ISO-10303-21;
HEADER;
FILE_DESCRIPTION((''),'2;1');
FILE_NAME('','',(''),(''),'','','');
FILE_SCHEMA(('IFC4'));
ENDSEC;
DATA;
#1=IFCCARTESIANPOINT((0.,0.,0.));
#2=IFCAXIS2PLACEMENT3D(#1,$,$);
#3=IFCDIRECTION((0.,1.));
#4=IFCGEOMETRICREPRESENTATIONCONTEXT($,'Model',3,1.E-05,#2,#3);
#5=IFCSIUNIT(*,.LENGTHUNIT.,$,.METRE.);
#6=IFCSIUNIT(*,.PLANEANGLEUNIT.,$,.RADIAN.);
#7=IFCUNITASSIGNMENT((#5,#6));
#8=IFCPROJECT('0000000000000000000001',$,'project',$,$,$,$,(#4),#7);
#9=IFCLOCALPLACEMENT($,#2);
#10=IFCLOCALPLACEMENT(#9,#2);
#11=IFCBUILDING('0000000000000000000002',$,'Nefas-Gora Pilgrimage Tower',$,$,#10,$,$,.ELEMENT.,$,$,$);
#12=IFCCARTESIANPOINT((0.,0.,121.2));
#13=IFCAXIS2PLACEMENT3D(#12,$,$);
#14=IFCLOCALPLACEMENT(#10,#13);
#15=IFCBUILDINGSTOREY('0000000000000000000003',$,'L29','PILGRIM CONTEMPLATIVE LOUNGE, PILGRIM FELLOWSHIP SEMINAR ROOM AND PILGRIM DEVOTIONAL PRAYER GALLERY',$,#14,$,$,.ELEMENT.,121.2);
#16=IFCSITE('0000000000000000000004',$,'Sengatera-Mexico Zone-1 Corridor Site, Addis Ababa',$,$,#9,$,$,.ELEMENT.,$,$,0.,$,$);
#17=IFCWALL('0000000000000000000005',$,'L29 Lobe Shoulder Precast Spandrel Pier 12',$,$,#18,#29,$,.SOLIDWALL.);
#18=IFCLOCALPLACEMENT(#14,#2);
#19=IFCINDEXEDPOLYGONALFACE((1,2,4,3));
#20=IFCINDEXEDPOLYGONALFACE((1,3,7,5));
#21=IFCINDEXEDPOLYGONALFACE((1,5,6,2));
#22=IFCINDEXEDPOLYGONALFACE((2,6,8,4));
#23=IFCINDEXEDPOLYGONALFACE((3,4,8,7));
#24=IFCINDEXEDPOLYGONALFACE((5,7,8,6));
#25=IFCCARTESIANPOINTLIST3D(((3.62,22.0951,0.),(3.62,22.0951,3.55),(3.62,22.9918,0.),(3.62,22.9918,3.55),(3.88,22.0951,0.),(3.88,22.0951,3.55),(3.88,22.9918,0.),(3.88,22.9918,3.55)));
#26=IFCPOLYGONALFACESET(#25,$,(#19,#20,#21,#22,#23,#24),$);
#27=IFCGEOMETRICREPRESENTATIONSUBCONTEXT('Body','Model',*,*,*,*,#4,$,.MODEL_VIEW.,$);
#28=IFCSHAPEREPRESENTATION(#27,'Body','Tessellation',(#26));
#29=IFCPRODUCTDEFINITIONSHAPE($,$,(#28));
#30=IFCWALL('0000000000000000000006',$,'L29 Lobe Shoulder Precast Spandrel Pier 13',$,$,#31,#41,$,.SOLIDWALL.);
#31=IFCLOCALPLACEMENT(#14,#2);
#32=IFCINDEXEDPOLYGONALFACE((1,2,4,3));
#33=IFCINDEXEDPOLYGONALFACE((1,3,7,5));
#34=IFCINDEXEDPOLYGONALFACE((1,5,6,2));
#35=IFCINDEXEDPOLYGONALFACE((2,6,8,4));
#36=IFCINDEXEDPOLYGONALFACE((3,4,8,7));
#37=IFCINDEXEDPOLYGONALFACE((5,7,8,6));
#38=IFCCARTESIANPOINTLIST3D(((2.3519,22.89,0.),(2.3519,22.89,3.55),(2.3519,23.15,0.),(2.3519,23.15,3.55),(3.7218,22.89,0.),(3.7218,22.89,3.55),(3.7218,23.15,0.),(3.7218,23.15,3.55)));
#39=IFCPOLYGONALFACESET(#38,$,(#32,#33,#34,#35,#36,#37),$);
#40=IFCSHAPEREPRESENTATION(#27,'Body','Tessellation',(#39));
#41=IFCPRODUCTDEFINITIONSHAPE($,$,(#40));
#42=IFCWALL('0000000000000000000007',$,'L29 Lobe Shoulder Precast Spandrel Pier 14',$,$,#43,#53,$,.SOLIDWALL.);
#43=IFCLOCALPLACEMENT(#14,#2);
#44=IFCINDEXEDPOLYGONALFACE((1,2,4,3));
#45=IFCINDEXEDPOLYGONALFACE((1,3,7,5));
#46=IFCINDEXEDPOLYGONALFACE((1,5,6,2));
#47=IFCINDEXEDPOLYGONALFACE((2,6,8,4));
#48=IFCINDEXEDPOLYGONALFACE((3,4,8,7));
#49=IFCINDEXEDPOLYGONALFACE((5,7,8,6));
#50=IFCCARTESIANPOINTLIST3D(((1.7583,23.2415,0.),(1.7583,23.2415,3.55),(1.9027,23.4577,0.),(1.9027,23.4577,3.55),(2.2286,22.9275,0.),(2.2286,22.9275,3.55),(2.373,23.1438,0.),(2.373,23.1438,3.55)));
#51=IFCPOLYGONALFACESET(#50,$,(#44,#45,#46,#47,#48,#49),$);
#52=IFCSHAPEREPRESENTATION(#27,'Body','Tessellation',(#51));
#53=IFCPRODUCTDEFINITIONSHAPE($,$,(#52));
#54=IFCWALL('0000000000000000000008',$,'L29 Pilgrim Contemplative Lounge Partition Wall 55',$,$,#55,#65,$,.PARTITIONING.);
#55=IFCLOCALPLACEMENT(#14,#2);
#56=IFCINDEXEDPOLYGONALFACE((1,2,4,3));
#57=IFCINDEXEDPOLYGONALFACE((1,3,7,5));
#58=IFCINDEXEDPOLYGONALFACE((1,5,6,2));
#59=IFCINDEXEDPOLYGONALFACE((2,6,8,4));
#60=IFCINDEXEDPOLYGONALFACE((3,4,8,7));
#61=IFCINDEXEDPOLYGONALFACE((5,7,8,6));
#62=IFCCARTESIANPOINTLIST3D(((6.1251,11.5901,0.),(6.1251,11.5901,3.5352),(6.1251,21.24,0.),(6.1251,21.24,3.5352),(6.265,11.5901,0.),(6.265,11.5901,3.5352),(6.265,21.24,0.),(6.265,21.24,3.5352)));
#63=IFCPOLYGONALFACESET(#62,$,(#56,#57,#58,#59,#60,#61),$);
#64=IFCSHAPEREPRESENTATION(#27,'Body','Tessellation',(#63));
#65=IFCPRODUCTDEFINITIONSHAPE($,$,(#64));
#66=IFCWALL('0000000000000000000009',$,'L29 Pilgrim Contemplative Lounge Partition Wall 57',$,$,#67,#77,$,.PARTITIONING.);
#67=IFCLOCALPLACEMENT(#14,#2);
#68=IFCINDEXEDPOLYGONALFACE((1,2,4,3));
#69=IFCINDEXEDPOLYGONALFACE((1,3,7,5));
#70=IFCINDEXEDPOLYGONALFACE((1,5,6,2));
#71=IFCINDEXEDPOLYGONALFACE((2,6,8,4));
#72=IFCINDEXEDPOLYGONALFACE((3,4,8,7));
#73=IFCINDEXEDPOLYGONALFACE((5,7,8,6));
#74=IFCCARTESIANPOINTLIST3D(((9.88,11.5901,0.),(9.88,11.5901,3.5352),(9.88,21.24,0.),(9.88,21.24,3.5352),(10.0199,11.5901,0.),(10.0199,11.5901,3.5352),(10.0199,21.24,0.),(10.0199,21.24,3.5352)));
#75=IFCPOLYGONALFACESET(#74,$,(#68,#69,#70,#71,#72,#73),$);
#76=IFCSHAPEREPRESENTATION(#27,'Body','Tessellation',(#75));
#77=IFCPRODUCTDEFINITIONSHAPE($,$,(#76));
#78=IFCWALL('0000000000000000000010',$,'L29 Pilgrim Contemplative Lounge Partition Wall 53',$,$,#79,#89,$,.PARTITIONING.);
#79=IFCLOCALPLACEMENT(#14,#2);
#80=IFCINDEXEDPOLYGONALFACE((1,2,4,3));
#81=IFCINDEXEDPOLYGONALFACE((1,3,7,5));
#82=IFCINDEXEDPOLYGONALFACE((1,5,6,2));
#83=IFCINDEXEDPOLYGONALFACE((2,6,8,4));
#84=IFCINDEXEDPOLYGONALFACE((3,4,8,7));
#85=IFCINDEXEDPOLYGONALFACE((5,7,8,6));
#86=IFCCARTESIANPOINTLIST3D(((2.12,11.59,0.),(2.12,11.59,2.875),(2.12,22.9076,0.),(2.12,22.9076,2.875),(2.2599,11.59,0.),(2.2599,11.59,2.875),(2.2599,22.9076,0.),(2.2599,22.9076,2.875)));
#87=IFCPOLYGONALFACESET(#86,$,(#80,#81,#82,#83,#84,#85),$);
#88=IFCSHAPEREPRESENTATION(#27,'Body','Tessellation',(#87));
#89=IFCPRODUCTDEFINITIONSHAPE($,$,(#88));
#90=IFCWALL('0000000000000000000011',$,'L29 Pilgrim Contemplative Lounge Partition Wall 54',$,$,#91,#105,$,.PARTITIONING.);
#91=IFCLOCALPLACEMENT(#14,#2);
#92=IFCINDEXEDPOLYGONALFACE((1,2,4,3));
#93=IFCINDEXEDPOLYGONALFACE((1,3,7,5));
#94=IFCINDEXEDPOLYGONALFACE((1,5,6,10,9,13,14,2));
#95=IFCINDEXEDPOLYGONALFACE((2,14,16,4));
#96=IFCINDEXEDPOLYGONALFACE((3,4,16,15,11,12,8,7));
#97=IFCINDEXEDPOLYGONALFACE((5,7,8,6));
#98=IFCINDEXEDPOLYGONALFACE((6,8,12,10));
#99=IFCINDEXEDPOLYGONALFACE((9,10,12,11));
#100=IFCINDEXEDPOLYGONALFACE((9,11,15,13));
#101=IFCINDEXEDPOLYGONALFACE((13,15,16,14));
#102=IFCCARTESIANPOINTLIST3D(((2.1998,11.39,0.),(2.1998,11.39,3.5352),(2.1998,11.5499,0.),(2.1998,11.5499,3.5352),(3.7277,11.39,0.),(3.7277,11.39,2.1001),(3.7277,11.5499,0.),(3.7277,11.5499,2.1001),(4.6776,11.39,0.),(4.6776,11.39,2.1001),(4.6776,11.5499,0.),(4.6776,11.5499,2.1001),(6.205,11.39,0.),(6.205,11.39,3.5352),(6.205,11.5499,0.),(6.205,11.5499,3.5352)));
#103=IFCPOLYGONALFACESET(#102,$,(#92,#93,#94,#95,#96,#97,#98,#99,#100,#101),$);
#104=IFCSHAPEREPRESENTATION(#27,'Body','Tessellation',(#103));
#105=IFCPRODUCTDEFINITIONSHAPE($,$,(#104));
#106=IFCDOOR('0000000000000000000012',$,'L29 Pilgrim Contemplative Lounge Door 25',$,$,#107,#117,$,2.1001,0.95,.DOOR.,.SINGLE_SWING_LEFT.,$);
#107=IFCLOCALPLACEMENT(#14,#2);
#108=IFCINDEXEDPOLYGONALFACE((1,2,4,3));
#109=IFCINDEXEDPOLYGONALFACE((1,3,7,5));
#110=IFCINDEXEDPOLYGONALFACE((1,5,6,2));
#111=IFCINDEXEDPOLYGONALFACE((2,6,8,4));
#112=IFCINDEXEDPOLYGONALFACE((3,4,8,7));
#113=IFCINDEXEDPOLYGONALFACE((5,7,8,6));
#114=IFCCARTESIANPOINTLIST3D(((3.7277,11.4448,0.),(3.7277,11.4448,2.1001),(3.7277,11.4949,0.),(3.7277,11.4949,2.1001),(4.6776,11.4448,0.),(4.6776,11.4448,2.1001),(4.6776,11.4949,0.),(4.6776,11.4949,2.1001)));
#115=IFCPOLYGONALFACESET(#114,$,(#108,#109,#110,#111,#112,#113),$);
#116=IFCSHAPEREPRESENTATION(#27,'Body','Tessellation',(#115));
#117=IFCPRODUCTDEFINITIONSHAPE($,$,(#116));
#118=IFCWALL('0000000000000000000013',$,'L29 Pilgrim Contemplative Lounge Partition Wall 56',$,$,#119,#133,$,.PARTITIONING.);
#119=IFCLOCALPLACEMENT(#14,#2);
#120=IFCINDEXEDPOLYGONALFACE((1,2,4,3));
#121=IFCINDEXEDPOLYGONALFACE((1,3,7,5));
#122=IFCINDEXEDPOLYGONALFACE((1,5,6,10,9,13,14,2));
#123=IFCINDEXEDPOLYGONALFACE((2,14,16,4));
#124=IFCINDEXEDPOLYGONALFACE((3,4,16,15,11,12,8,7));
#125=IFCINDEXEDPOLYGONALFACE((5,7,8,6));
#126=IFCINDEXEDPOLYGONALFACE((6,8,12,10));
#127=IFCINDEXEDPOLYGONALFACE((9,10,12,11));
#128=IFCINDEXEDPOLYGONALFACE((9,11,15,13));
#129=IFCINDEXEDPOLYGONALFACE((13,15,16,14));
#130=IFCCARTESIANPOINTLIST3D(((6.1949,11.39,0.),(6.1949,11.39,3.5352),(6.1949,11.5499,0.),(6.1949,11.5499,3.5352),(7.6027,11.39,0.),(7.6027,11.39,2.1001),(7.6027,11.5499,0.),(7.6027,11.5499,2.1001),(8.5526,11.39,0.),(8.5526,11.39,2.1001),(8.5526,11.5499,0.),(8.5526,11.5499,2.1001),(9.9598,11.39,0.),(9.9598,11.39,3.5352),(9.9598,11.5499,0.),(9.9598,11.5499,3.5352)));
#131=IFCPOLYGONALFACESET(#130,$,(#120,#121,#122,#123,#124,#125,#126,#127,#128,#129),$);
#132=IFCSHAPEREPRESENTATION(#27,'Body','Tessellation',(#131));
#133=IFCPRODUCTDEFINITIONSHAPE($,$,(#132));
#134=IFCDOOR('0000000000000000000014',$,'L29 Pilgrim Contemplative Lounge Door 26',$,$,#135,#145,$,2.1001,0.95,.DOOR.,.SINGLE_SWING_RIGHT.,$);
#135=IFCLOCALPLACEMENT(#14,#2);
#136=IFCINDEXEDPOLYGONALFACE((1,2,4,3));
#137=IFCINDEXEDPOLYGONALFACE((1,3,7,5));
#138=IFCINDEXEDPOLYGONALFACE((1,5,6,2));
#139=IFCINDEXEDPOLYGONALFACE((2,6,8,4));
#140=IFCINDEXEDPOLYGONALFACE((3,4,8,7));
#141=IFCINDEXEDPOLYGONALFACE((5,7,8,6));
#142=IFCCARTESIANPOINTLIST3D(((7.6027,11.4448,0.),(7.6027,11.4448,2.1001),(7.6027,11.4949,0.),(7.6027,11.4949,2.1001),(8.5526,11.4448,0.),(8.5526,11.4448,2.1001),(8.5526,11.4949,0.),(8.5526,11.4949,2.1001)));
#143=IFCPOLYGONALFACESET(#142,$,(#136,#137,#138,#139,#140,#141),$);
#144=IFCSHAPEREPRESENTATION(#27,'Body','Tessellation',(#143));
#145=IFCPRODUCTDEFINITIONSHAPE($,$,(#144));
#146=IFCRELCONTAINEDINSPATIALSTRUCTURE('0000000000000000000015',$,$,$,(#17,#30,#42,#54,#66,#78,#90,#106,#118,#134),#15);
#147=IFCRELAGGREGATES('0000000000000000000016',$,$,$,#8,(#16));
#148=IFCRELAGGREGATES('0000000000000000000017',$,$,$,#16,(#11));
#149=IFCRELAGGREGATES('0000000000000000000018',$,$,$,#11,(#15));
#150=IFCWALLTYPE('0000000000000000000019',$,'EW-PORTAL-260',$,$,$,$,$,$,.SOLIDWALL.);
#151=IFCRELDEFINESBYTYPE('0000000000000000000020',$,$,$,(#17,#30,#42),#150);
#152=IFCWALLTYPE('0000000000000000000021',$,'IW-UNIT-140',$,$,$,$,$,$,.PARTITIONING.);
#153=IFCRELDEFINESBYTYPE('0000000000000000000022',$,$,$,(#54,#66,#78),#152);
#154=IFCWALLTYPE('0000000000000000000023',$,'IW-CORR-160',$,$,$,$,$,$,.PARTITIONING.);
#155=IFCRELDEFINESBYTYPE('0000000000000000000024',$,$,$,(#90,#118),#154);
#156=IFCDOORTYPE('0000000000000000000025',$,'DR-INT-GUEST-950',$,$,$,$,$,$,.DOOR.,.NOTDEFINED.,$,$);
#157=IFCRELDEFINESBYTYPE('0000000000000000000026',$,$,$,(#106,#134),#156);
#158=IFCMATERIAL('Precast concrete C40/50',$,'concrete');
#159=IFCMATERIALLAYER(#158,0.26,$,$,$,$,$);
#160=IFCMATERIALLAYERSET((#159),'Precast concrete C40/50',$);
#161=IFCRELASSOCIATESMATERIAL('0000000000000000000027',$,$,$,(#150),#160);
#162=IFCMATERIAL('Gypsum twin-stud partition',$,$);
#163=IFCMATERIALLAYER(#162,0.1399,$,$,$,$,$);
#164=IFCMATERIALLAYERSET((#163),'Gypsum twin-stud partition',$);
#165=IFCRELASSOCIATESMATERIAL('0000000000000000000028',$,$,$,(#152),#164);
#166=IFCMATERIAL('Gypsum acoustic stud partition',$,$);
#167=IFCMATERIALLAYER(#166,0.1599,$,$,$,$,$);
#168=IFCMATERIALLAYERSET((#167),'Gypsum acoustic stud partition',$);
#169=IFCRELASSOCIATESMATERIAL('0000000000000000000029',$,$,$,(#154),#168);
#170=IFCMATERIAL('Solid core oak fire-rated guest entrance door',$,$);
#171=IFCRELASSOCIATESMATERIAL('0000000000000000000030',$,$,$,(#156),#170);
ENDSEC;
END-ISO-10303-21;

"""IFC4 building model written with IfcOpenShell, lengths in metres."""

from ifc_helpers import new_model, si_unit, direction, frame, frame_2d, origin, place, context, subcontext, project, spatial, rectangle, extrude, source, transform, mapped, material, layer, layer_set, type_object, element, fill, save


model = new_model("IFC4")

# Units and contexts
model_context = context("Model", 3, precision=1e-05, world=origin(), true_north=direction((0.0, 1.0)))
body_context = subcontext(model_context, "Body", "Model", "MODEL_VIEW")
ifc_project = project(units=[si_unit("LENGTHUNIT", "METRE"), si_unit("PLANEANGLEUNIT", "RADIAN")], contexts=[model_context])

# Site, building, storey
site_placement = place(None, origin())
site = spatial("IfcSite", under=ifc_project, at=site_placement, Name="Sengatera-Mexico Zone-1 Corridor Site, Addis Ababa", CompositionType="ELEMENT", RefElevation=0.0)
building_placement = place(site_placement, origin())
building = spatial("IfcBuilding", under=site, at=building_placement, Name="Nefas-Gora Pilgrimage Tower", CompositionType="ELEMENT")
storey_placement = place(building_placement, frame((0.0, 0.0, 121.2)))
storey = spatial("IfcBuildingStorey", under=building, at=storey_placement, Name="L29", Description="PILGRIM CONTEMPLATIVE LOUNGE, PILGRIM FELLOWSHIP SEMINAR ROOM AND PILGRIM DEVOTIONAL PRAYER GALLERY", CompositionType="ELEMENT", Elevation=121.2)

# Walls
ifc_material_1 = material(Name="Precast concrete C40/50", Category="concrete")
ifc_layer_1 = layer(ifc_material_1, 0.26)
ifc_layer_set_1 = layer_set([ifc_layer_1], Name="Precast concrete C40/50")
wall_type_1 = type_object("IfcWallType", Name="EW-PORTAL-260", PredefinedType="SOLIDWALL", material=ifc_layer_set_1)
shared_shape_1 = source(origin(), body_context, "Body", "SweptSolid", [
    extrude(rectangle(XDim=0.8967, YDim=0.26, at=frame_2d((0.4482, 0.0))), origin(), (0.0, 0.0, 1.0), 3.55),
])
wall_1_placement = place(storey_placement, frame((3.75, 22.0952, 0.0), z_axis=(0.0, 0.0, 1.0), x_axis=(0.0, 1.0, 0.0)))
element("IfcWall", 1, at=wall_1_placement, inside=storey, type_object=wall_type_1, Name="L29 Lobe Shoulder Precast Spandrel Pier 12", PredefinedType="SOLIDWALL", context=body_context, shape_type="MappedRepresentation", body=[
    mapped(shared_shape_1, transform((0.0, 0.0, 0.0), x_axis=(1.0, 0.0, 0.0), y_axis=(0.0, 1.0, 0.0), z_axis=(0.0, 0.0, 1.0), scale=1.0)),
])
shared_shape_2 = source(origin(), body_context, "Body", "SweptSolid", [
    extrude(rectangle(XDim=1.3699, YDim=0.26, at=frame_2d((0.6851, 0.0))), origin(), (0.0, 0.0, 1.0), 3.55),
])
wall_2_placement = place(storey_placement, frame((3.7219, 23.02, 0.0), z_axis=(0.0, 0.0, 1.0), x_axis=(-1.0, 0.0, 0.0)))
element("IfcWall", 2, at=wall_2_placement, inside=storey, type_object=wall_type_1, Name="L29 Lobe Shoulder Precast Spandrel Pier 13", PredefinedType="SOLIDWALL", context=body_context, shape_type="MappedRepresentation", body=[
    mapped(shared_shape_2, transform((0.0, 0.0, 0.0), x_axis=(1.0, 0.0, 0.0), y_axis=(0.0, 1.0, 0.0), z_axis=(0.0, 0.0, 1.0), scale=1.0)),
])
shared_shape_3 = source(origin(), body_context, "Body", "SweptSolid", [
    extrude(rectangle(XDim=0.5654, YDim=0.26, at=frame_2d((0.2827, 0.0))), origin(), (0.0, 0.0, 1.0), 3.55),
])
wall_3_placement = place(storey_placement, frame((2.3008, 23.0356, 0.0), z_axis=(0.0, 0.0, 1.0), x_axis=(-0.831651, 0.555298, 0.0)))
element("IfcWall", 3, at=wall_3_placement, inside=storey, type_object=wall_type_1, Name="L29 Lobe Shoulder Precast Spandrel Pier 14", PredefinedType="SOLIDWALL", context=body_context, shape_type="MappedRepresentation", body=[
    mapped(shared_shape_3, transform((0.0, 0.0, 0.0), x_axis=(1.0, 0.0, 0.0), y_axis=(0.0, 1.0, 0.0), z_axis=(0.0, 0.0, 1.0), scale=1.0)),
])
ifc_material_2 = material(Name="Gypsum twin-stud partition")
ifc_layer_2 = layer(ifc_material_2, 0.1399)
ifc_layer_set_2 = layer_set([ifc_layer_2], Name="Gypsum twin-stud partition")
wall_type_2 = type_object("IfcWallType", Name="IW-UNIT-140", PredefinedType="PARTITIONING", material=ifc_layer_set_2)
shared_shape_4 = source(origin(), body_context, "Body", "SweptSolid", [
    extrude(rectangle(XDim=9.6499, YDim=0.1399, at=frame_2d((4.825, 0.0))), origin(), (0.0, 0.0, 1.0), 3.5352),
])
for number, where, z_axis, x_axis, name in (
    (4, (6.1951, 11.5901, 0.0), (0.0, 0.0, 1.0), (0.0, 1.0, 0.0), "L29 Pilgrim Contemplative Lounge Partition Wall 55"),
    (5, (9.95, 11.5901, 0.0), (0.0, 0.0, 1.0), (0.0, 1.0, 0.0), "L29 Pilgrim Contemplative Lounge Partition Wall 57"),
):
    element("IfcWall", number, at=place(storey_placement, frame(where, z_axis=z_axis, x_axis=x_axis)), inside=storey, type_object=wall_type_2, Name=name, PredefinedType="PARTITIONING", context=body_context, shape_type="MappedRepresentation", body=[
        mapped(shared_shape_4, transform((0.0, 0.0, 0.0), x_axis=(1.0, 0.0, 0.0), y_axis=(0.0, 1.0, 0.0), z_axis=(0.0, 0.0, 1.0), scale=1.0)),
    ])
shared_shape_5 = source(origin(), body_context, "Body", "SweptSolid", [
    extrude(rectangle(XDim=11.3176, YDim=0.1399, at=frame_2d((5.6587, 0.0))), origin(), (0.0, 0.0, 1.0), 2.875),
])
wall_4_placement = place(storey_placement, frame((2.1899, 11.5901, 0.0), z_axis=(0.0, 0.0, 1.0), x_axis=(0.0, 1.0, 0.0)))
element("IfcWall", 6, at=wall_4_placement, inside=storey, type_object=wall_type_2, Name="L29 Pilgrim Contemplative Lounge Partition Wall 53", PredefinedType="PARTITIONING", context=body_context, shape_type="MappedRepresentation", body=[
    mapped(shared_shape_5, transform((0.0, 0.0, 0.0), x_axis=(1.0, 0.0, 0.0), y_axis=(0.0, 1.0, 0.0), z_axis=(0.0, 0.0, 1.0), scale=1.0)),
])

# Walls, openings, doors
ifc_material_3 = material(Name="Gypsum acoustic stud partition")
ifc_layer_3 = layer(ifc_material_3, 0.1599)
ifc_layer_set_3 = layer_set([ifc_layer_3], Name="Gypsum acoustic stud partition")
wall_type_3 = type_object("IfcWallType", Name="IW-CORR-160", PredefinedType="PARTITIONING", material=ifc_layer_set_3)
shared_shape_6 = source(origin(), body_context, "Body", "SweptSolid", [
    extrude(rectangle(XDim=4.0051, YDim=0.1599, at=frame_2d((2.0024, 0.0))), origin(), (0.0, 0.0, 1.0), 3.5352),
])
wall_5_placement = place(storey_placement, frame((2.2, 11.47, 0.0), z_axis=(0.0, 0.0, 1.0), x_axis=(1.0, 0.0, 0.0)))
wall_5 = element("IfcWall", 7, at=wall_5_placement, inside=storey, type_object=wall_type_3, Name="L29 Pilgrim Contemplative Lounge Partition Wall 54", PredefinedType="PARTITIONING", context=body_context, shape_type="MappedRepresentation", body=[
    mapped(shared_shape_6, transform((0.0, 0.0, 0.0), x_axis=(1.0, 0.0, 0.0), y_axis=(0.0, 1.0, 0.0), z_axis=(0.0, 0.0, 1.0), scale=1.0)),
])
opening_1_placement = place(wall_5_placement, frame((1.5276, 0.0, 0.0)))
opening_1 = element("IfcOpeningElement", 8, at=opening_1_placement, cuts=wall_5, PredefinedType="OPENING", context=body_context, shape_type="SweptSolid", body=[
    extrude(rectangle(XDim=0.95, YDim=2.1001, at=frame_2d((0.4751, 1.05))), frame((0.0, 0.0898, 0.0), z_axis=(0.0, -1.0, 0.0), x_axis=(1.0, 0.0, 0.0)), (0.0, 0.0, 1.0), 0.1799),
])
ifc_material_4 = material(Name="Solid core oak fire-rated guest entrance door")
door_type = type_object("IfcDoorType", Name="DR-INT-GUEST-950", OperationType="NOTDEFINED", PredefinedType="DOOR", material=ifc_material_4)
shared_shape_7 = source(origin(), body_context, "Body", "SweptSolid", [
    extrude(rectangle(XDim=0.95, YDim=2.1001, at=frame_2d((0.4751, 1.05))), frame((0.0, 0.0249, 0.0), z_axis=(0.0, -1.0, 0.0), x_axis=(1.0, 0.0, 0.0)), (0.0, 0.0, 1.0), 0.05),
])
door_1_placement = place(opening_1_placement, origin())
door_1 = element("IfcDoor", 9, at=door_1_placement, inside=storey, type_object=door_type, Name="L29 Pilgrim Contemplative Lounge Door 25", OperationType="SINGLE_SWING_LEFT", OverallHeight=2.1001, OverallWidth=0.95, PredefinedType="DOOR", context=body_context, shape_type="MappedRepresentation", body=[
    mapped(shared_shape_7, transform((0.0, 0.0, 0.0), x_axis=(1.0, 0.0, 0.0), y_axis=(0.0, 1.0, 0.0), z_axis=(0.0, 0.0, 1.0), scale=1.0)),
])
fill(opening_1, door_1)
shared_shape_8 = source(origin(), body_context, "Body", "SweptSolid", [
    extrude(rectangle(XDim=3.7649, YDim=0.1599, at=frame_2d((1.8823, 0.0))), origin(), (0.0, 0.0, 1.0), 3.5352),
])
wall_6_placement = place(storey_placement, frame((6.1951, 11.47, 0.0), z_axis=(0.0, 0.0, 1.0), x_axis=(1.0, 0.0, 0.0)))
wall_6 = element("IfcWall", 10, at=wall_6_placement, inside=storey, type_object=wall_type_3, Name="L29 Pilgrim Contemplative Lounge Partition Wall 56", PredefinedType="PARTITIONING", context=body_context, shape_type="MappedRepresentation", body=[
    mapped(shared_shape_8, transform((0.0, 0.0, 0.0), x_axis=(1.0, 0.0, 0.0), y_axis=(0.0, 1.0, 0.0), z_axis=(0.0, 0.0, 1.0), scale=1.0)),
])
opening_2_placement = place(wall_6_placement, frame((1.4075, 0.0, 0.0)))
opening_2 = element("IfcOpeningElement", 11, at=opening_2_placement, cuts=wall_6, PredefinedType="OPENING", context=body_context, shape_type="SweptSolid", body=[
    extrude(rectangle(XDim=0.95, YDim=2.1001, at=frame_2d((0.4751, 1.05))), frame((0.0, 0.0898, 0.0), z_axis=(0.0, -1.0, 0.0), x_axis=(1.0, 0.0, 0.0)), (0.0, 0.0, 1.0), 0.1799),
])
door_2_placement = place(opening_2_placement, origin())
door_2 = element("IfcDoor", 12, at=door_2_placement, inside=storey, type_object=door_type, Name="L29 Pilgrim Contemplative Lounge Door 26", OperationType="SINGLE_SWING_RIGHT", OverallHeight=2.1001, OverallWidth=0.95, PredefinedType="DOOR", context=body_context, shape_type="MappedRepresentation", body=[
    mapped(shared_shape_7, transform((0.0, 0.0, 0.0), x_axis=(1.0, 0.0, 0.0), y_axis=(0.0, 1.0, 0.0), z_axis=(0.0, 0.0, 1.0), scale=1.0)),
])
fill(opening_2, door_2)

save(model, "model.ifc")
